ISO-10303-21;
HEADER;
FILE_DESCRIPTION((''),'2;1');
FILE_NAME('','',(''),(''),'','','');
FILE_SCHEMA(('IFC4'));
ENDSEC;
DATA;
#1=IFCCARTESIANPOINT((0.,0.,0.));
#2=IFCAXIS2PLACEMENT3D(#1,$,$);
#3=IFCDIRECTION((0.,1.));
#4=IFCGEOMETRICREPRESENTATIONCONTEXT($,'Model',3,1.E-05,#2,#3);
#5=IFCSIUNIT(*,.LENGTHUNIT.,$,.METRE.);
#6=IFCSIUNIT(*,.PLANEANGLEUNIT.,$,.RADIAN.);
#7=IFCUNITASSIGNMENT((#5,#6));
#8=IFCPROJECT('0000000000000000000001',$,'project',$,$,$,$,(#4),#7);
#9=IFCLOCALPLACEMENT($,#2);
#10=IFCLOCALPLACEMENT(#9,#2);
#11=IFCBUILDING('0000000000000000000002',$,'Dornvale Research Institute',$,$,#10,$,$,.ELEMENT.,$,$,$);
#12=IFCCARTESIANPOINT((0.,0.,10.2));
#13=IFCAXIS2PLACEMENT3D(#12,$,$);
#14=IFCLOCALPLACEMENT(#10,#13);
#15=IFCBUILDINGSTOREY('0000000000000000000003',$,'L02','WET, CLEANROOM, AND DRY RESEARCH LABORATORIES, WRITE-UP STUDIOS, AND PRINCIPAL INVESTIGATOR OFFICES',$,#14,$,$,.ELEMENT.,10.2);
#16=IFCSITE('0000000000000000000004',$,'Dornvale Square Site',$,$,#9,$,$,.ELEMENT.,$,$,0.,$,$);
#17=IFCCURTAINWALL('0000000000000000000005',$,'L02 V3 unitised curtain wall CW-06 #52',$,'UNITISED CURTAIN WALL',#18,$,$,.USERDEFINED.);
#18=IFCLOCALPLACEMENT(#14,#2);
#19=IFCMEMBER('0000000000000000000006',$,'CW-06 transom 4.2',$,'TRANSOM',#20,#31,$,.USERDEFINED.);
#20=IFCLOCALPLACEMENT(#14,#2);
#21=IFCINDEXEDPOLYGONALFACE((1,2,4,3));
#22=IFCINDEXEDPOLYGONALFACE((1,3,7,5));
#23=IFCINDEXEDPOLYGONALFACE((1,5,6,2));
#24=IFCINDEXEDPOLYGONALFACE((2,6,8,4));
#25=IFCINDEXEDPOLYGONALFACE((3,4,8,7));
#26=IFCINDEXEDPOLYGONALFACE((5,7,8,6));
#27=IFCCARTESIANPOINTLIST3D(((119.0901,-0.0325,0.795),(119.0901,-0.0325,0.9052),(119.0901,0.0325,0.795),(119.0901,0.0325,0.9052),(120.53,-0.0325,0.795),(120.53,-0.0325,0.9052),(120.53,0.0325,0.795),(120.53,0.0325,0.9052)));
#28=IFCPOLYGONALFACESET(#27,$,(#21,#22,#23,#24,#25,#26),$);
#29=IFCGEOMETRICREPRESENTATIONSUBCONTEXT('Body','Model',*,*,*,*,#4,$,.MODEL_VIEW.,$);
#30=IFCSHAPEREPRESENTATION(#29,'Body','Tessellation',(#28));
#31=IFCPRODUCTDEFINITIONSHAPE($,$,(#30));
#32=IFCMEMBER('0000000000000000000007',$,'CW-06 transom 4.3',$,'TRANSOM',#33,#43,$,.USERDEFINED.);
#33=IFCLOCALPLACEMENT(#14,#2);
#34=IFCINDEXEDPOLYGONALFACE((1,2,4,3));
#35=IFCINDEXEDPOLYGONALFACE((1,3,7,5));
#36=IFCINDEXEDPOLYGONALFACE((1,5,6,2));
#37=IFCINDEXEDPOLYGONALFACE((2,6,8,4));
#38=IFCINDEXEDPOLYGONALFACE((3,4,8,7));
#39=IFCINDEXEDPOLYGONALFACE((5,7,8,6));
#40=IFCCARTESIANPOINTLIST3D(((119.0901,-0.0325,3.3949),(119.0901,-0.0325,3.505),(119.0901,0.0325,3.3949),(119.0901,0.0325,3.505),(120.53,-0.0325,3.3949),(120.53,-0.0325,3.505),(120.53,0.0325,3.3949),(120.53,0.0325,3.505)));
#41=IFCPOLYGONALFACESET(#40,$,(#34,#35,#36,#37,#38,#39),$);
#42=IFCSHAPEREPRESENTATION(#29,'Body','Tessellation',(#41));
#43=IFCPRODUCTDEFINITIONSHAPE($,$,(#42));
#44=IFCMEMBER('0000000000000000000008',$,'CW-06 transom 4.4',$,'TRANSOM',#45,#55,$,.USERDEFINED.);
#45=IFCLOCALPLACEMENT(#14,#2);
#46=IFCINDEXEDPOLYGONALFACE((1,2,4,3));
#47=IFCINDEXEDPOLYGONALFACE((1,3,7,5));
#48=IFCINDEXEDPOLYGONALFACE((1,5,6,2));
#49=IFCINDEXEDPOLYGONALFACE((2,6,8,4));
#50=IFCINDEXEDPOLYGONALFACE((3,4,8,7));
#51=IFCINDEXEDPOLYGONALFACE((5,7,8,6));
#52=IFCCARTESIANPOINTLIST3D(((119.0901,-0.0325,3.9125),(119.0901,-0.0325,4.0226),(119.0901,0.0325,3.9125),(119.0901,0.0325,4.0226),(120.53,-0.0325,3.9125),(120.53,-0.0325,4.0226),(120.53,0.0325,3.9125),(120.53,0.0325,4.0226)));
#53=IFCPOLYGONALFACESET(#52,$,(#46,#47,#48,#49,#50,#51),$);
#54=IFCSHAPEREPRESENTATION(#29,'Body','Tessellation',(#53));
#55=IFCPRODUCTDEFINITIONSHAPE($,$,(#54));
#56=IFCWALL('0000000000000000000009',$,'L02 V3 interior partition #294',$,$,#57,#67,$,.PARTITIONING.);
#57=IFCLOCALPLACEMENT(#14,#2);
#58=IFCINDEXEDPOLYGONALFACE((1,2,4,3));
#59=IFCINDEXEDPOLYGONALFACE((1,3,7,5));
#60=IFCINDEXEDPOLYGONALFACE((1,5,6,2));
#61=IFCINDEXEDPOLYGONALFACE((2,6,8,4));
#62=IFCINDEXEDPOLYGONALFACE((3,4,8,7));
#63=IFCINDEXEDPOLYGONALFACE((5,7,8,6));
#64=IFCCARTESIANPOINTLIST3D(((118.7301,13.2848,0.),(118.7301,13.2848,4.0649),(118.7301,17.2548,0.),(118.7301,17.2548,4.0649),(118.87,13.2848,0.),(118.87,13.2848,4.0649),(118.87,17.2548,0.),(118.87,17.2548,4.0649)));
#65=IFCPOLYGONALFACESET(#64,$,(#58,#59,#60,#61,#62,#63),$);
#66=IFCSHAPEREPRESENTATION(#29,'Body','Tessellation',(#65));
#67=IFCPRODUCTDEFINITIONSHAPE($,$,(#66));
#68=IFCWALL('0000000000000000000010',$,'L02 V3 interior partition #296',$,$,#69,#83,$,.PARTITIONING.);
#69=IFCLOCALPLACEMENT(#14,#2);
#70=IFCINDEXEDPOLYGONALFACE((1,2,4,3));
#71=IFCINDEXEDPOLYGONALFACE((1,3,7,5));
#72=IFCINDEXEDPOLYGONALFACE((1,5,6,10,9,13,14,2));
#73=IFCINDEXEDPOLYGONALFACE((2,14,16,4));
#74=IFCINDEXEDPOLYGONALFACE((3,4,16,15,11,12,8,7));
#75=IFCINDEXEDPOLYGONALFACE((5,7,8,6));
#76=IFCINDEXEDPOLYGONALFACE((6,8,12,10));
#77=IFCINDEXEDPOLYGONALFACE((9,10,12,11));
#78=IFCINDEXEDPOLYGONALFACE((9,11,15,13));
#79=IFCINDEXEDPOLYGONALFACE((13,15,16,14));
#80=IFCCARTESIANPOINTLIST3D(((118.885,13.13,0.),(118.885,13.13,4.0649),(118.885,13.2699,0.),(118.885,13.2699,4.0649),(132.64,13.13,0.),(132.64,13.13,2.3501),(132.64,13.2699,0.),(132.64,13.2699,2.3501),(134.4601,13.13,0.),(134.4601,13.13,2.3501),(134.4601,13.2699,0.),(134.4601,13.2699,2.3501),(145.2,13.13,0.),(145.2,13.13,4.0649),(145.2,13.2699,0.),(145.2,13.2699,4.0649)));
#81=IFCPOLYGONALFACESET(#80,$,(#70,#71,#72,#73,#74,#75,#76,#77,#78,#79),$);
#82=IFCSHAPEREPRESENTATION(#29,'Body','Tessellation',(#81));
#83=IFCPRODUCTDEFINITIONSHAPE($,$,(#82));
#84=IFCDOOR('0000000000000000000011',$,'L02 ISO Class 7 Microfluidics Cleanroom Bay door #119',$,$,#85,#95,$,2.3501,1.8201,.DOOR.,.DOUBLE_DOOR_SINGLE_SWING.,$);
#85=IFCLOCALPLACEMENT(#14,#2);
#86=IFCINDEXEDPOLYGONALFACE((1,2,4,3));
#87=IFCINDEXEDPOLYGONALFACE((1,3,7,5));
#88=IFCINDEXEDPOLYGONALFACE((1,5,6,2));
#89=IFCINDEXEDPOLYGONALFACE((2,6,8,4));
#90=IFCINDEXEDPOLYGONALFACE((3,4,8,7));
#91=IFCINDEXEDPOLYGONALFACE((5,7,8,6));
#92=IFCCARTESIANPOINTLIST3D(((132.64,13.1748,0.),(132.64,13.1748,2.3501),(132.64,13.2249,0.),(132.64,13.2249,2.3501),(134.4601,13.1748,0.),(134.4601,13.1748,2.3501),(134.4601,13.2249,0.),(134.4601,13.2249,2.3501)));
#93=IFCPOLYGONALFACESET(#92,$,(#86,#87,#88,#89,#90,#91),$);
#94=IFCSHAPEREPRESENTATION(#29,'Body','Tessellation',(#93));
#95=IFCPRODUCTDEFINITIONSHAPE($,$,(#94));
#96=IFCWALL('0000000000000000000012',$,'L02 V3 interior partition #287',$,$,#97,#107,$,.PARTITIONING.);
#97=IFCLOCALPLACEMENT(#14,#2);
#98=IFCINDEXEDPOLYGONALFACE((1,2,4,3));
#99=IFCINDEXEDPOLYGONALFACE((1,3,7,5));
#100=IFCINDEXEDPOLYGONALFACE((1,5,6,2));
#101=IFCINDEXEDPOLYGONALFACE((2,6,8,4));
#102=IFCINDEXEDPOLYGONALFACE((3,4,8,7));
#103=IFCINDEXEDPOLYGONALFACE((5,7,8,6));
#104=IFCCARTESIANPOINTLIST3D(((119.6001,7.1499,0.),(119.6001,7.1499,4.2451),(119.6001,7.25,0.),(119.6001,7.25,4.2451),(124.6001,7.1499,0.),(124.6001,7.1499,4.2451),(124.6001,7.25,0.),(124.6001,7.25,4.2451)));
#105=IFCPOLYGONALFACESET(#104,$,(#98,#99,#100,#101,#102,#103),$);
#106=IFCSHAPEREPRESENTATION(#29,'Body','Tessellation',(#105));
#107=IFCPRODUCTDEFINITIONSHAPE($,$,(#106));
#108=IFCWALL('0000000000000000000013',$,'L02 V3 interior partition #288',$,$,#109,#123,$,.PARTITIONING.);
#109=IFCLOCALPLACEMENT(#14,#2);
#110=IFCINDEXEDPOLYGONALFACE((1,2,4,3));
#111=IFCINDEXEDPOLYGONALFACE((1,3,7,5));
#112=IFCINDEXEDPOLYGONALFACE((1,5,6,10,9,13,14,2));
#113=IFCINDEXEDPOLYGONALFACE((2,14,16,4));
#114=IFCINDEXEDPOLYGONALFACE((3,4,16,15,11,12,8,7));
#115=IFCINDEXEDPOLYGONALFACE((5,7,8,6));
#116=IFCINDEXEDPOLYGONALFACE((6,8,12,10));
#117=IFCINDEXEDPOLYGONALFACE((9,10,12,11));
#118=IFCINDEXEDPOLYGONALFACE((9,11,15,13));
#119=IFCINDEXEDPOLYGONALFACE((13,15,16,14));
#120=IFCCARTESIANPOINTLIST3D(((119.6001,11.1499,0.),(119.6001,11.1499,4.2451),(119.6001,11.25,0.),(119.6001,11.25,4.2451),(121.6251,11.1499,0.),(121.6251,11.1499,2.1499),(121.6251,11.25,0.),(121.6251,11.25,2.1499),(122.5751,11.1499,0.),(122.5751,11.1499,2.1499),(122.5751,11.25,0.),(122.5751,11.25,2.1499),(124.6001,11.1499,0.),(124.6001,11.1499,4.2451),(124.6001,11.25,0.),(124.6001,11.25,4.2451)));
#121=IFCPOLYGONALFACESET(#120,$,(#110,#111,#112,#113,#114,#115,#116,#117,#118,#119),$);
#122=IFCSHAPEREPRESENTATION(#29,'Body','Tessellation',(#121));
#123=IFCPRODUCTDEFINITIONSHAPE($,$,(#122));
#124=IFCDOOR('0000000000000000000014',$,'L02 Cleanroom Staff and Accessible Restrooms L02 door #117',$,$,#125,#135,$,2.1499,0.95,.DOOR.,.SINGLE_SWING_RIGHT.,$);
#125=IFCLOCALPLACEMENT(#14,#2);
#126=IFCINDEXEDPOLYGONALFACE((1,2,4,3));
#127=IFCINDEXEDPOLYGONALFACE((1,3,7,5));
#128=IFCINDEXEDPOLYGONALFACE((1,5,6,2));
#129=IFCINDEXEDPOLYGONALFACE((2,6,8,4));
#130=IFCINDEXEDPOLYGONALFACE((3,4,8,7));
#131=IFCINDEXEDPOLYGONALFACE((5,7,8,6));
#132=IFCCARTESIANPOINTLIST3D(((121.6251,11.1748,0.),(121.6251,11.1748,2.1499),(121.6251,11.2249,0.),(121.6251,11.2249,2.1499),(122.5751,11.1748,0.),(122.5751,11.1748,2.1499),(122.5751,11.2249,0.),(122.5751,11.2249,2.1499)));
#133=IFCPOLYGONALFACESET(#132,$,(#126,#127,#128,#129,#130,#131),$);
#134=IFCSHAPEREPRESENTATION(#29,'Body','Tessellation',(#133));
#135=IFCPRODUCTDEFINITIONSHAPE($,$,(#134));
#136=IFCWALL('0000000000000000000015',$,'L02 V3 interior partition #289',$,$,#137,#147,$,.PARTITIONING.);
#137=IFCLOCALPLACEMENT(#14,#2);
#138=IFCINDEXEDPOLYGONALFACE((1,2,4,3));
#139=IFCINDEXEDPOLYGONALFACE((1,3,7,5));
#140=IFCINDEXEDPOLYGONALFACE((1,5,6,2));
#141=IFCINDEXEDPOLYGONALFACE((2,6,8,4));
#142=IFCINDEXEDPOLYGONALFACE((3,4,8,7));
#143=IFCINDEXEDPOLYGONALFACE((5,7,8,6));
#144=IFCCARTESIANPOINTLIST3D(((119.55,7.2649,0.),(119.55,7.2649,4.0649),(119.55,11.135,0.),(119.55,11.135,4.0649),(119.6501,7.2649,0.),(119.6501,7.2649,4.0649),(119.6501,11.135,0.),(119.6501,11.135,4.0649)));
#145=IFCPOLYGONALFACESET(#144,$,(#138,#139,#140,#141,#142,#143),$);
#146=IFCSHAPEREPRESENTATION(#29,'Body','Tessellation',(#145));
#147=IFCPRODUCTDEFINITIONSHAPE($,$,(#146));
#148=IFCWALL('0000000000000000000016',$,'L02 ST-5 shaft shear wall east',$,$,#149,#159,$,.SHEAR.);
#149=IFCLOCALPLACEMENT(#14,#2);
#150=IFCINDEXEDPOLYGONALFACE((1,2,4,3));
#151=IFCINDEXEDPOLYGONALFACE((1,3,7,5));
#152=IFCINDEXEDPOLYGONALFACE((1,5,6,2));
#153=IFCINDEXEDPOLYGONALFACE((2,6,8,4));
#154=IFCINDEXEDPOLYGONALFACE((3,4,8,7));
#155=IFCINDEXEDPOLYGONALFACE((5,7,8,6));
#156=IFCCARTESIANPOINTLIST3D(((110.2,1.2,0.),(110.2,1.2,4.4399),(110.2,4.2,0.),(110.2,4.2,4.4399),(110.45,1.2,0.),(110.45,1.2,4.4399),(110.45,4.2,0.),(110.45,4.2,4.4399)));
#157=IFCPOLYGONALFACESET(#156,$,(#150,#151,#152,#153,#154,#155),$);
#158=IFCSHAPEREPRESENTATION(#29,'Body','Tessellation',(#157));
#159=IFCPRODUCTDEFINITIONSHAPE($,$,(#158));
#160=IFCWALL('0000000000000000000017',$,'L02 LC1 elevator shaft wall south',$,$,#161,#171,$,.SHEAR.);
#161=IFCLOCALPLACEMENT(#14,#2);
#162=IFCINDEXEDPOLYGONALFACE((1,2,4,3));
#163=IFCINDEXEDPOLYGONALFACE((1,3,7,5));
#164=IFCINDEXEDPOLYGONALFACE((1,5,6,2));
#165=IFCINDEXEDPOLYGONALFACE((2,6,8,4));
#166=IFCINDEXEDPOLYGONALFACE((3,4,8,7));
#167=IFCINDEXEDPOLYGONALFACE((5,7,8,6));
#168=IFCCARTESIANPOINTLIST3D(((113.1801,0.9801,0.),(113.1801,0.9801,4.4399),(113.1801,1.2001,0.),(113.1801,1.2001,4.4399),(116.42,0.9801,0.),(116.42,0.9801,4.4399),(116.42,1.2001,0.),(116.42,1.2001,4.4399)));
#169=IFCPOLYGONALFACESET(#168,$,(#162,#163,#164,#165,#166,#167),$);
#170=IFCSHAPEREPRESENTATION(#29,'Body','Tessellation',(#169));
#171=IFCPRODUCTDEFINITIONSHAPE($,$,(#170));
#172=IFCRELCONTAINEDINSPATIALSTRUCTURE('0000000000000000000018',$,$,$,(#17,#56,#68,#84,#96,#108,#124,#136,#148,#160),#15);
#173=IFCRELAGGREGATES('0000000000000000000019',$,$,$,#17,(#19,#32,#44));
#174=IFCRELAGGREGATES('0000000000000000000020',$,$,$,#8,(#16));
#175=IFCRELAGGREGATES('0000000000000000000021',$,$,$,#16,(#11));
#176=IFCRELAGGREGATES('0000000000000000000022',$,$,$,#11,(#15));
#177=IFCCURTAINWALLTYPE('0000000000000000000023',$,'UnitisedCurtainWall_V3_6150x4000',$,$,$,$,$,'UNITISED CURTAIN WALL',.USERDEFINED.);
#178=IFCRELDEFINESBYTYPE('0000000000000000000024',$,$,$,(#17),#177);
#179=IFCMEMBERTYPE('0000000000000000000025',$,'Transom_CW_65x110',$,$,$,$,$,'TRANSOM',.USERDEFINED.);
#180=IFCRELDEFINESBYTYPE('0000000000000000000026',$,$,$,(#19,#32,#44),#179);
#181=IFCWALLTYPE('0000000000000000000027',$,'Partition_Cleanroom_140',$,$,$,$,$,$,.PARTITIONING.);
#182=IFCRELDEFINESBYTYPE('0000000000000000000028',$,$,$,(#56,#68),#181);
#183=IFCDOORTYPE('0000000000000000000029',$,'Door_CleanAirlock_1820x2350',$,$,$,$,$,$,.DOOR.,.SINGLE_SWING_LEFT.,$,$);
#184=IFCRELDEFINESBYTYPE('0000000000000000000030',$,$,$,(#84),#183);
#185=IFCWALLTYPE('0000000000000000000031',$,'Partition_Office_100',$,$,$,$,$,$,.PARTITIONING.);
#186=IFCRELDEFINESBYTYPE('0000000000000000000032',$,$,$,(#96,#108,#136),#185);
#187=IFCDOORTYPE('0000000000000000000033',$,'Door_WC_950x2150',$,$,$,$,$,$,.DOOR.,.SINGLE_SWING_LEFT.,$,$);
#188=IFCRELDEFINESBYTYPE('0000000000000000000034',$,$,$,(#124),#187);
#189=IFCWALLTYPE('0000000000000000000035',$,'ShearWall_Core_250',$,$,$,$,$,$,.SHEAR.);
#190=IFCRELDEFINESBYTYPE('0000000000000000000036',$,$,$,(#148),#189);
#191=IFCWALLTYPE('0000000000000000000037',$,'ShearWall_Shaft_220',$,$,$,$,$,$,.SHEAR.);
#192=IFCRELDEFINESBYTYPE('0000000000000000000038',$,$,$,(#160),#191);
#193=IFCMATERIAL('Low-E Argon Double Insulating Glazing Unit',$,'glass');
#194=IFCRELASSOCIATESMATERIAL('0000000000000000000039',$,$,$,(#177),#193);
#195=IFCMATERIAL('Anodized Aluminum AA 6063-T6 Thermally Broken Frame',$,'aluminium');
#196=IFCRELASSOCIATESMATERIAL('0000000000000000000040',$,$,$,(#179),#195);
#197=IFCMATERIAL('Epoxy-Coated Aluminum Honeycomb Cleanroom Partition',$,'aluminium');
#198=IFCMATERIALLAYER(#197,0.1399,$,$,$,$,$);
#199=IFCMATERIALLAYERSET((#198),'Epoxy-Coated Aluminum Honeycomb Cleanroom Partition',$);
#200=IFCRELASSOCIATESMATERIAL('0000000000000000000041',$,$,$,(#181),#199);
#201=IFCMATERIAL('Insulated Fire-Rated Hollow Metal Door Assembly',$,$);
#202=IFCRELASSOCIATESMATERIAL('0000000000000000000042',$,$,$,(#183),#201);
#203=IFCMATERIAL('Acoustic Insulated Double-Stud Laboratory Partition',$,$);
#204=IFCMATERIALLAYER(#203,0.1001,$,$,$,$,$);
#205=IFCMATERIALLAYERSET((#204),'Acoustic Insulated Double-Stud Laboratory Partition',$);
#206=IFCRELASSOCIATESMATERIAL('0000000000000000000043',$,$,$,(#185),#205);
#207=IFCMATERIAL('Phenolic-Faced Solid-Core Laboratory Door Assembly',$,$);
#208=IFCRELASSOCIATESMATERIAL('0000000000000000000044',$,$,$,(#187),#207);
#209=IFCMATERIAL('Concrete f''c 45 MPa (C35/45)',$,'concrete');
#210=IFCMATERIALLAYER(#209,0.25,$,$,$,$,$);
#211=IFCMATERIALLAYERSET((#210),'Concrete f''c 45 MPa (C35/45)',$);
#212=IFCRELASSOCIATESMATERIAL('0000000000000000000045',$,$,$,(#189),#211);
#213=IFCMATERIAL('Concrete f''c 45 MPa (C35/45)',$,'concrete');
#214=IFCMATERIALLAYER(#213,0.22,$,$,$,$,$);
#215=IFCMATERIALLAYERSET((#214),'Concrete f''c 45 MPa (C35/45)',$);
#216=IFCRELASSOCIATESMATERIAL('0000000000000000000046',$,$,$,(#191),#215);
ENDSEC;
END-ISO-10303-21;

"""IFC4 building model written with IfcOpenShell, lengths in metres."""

from ifc_helpers import new_model, si_unit, direction, frame, frame_2d, origin, origin_2d, place, context, subcontext, project, spatial, rectangle, extrude, material, layer, layer_set, material_profile, profile_set, type_object, element, fill, aggregate, save


model = new_model("IFC4")

# Units and contexts
model_context = context("Model", 3, precision=1e-05, world=origin(), true_north=direction((0.0, 1.0)))
body_context = subcontext(model_context, "Body", "Model", "MODEL_VIEW")
ifc_project = project(units=[si_unit("LENGTHUNIT", "METRE"), si_unit("PLANEANGLEUNIT", "RADIAN")], contexts=[model_context])

# Site, building, storey
site_placement = place(None, origin())
site = spatial("IfcSite", under=ifc_project, at=site_placement, Name="Dornvale Square Site", CompositionType="ELEMENT", RefElevation=0.0)
building_placement = place(site_placement, origin())
building = spatial("IfcBuilding", under=site, at=building_placement, Name="Dornvale Research Institute", CompositionType="ELEMENT")
storey_placement = place(building_placement, frame((0.0, 0.0, 10.2)))
storey = spatial("IfcBuildingStorey", under=building, at=storey_placement, Name="L02", Description="WET, CLEANROOM, AND DRY RESEARCH LABORATORIES, WRITE-UP STUDIOS, AND PRINCIPAL INVESTIGATOR OFFICES", CompositionType="ELEMENT", Elevation=10.2)

# Curtain wall, members
ifc_material_1 = material(Name="Low-E Argon Double Insulating Glazing Unit", Category="glass")
curtain_wall_type = type_object("IfcCurtainWallType", Name="UnitisedCurtainWall_V3_6150x4000", ElementType="UNITISED CURTAIN WALL", PredefinedType="USERDEFINED", material=ifc_material_1)
curtain_wall_placement = place(storey_placement, origin())
curtain_wall = element("IfcCurtainWall", 1, at=curtain_wall_placement, inside=storey, type_object=curtain_wall_type, Name="L02 V3 unitised curtain wall CW-06 #52", ObjectType="UNITISED CURTAIN WALL", PredefinedType="USERDEFINED")
ifc_material_2 = material(Name="Anodized Aluminum AA 6063-T6 Thermally Broken Frame", Category="aluminium")
ifc_material_profile_1 = material_profile(ifc_material_2, rectangle(XDim=0.0649, YDim=0.1101, at=origin_2d()), Name="ALU TRANSOM 65x110")
ifc_profile_set_1 = profile_set([ifc_material_profile_1], Name="Anodized Aluminum AA 6063-T6 Thermally Broken Frame")
member_type_1 = type_object("IfcMemberType", Name="Transom_CW_65x110", ElementType="TRANSOM", PredefinedType="USERDEFINED", material=ifc_profile_set_1)
member_1_placement = place(storey_placement, frame((120.53, 0.0, 0.8501), z_axis=(-1.0, 0.0, 0.0), x_axis=(0.0, -1.0, 0.0)))
member_1 = element("IfcMember", 2, at=member_1_placement, type_object=member_type_1, Name="CW-06 transom 4.2", ObjectType="TRANSOM", PredefinedType="USERDEFINED", context=body_context, shape_type="SweptSolid", body=[
    extrude(rectangle(XDim=0.0649, YDim=0.1101, at=origin_2d()), origin(), (0.0, 0.0, 1.0), 1.4399),
])
member_2_placement = place(storey_placement, frame((120.53, 0.0, 3.45), z_axis=(-1.0, 0.0, 0.0), x_axis=(0.0, -1.0, 0.0)))
member_2 = element("IfcMember", 3, at=member_2_placement, type_object=member_type_1, Name="CW-06 transom 4.3", ObjectType="TRANSOM", PredefinedType="USERDEFINED", context=body_context, shape_type="SweptSolid", body=[
    extrude(rectangle(XDim=0.0649, YDim=0.1101, at=origin_2d()), origin(), (0.0, 0.0, 1.0), 1.4399),
])
member_3_placement = place(storey_placement, frame((120.53, 0.0, 3.9675), z_axis=(-1.0, 0.0, 0.0), x_axis=(0.0, -1.0, 0.0)))
member_3 = element("IfcMember", 4, at=member_3_placement, type_object=member_type_1, Name="CW-06 transom 4.4", ObjectType="TRANSOM", PredefinedType="USERDEFINED", context=body_context, shape_type="SweptSolid", body=[
    extrude(rectangle(XDim=0.0649, YDim=0.1101, at=origin_2d()), origin(), (0.0, 0.0, 1.0), 1.4399),
])
aggregate(curtain_wall, [member_1, member_2, member_3])

# Wall
ifc_material_3 = material(Name="Epoxy-Coated Aluminum Honeycomb Cleanroom Partition", Category="aluminium")
ifc_layer_1 = layer(ifc_material_3, 0.1399)
ifc_layer_set_1 = layer_set([ifc_layer_1], Name="Epoxy-Coated Aluminum Honeycomb Cleanroom Partition")
wall_type_1 = type_object("IfcWallType", Name="Partition_Cleanroom_140", PredefinedType="PARTITIONING", material=ifc_layer_set_1)
wall_1_placement = place(storey_placement, frame((118.8, 13.2849, 0.0), z_axis=(0.0, 0.0, 1.0), x_axis=(0.0, 1.0, 0.0)))
element("IfcWall", 5, at=wall_1_placement, inside=storey, type_object=wall_type_1, Name="L02 V3 interior partition #294", PredefinedType="PARTITIONING", context=body_context, shape_type="SweptSolid", body=[
    extrude(rectangle(XDim=3.97, YDim=0.1399, at=frame_2d((1.9849, 0.0))), origin(), (0.0, 0.0, 1.0), 4.0649),
])

# Wall, opening, door
wall_2_placement = place(storey_placement, frame((118.885, 13.2, 0.0), z_axis=(0.0, 0.0, 1.0), x_axis=(1.0, 0.0, 0.0)))
wall_2 = element("IfcWall", 6, at=wall_2_placement, inside=storey, type_object=wall_type_1, Name="L02 V3 interior partition #296", PredefinedType="PARTITIONING", context=body_context, shape_type="SweptSolid", body=[
    extrude(rectangle(XDim=26.3149, YDim=0.1399, at=frame_2d((13.1575, 0.0))), origin(), (0.0, 0.0, 1.0), 4.0649),
])
opening_1_placement = place(wall_2_placement, frame((13.7549, 0.0, 0.0)))
opening_1 = element("IfcOpeningElement", 7, at=opening_1_placement, cuts=wall_2, PredefinedType="OPENING", context=body_context, shape_type="SweptSolid", body=[
    extrude(rectangle(XDim=1.8201, YDim=2.3501, at=frame_2d((0.9102, 1.175))), frame((0.0, 0.085, 0.0), z_axis=(0.0, -1.0, 0.0), x_axis=(1.0, 0.0, 0.0)), (0.0, 0.0, 1.0), 0.1699),
])
ifc_material_4 = material(Name="Insulated Fire-Rated Hollow Metal Door Assembly")
door_type_1 = type_object("IfcDoorType", Name="Door_CleanAirlock_1820x2350", OperationType="SINGLE_SWING_LEFT", PredefinedType="DOOR", material=ifc_material_4)
door_1_placement = place(opening_1_placement, origin())
door_1 = element("IfcDoor", 8, at=door_1_placement, inside=storey, type_object=door_type_1, Name="L02 ISO Class 7 Microfluidics Cleanroom Bay door #119", OperationType="DOUBLE_DOOR_SINGLE_SWING", OverallHeight=2.3501, OverallWidth=1.8201, PredefinedType="DOOR", context=body_context, shape_type="SweptSolid", body=[
    extrude(rectangle(XDim=1.8201, YDim=2.3501, at=frame_2d((0.9102, 1.175))), frame((0.0, 0.0249, 0.0), z_axis=(0.0, -1.0, 0.0), x_axis=(1.0, 0.0, 0.0)), (0.0, 0.0, 1.0), 0.05),
])
fill(opening_1, door_1)

# Wall
ifc_material_5 = material(Name="Acoustic Insulated Double-Stud Laboratory Partition")
ifc_layer_2 = layer(ifc_material_5, 0.1001)
ifc_layer_set_2 = layer_set([ifc_layer_2], Name="Acoustic Insulated Double-Stud Laboratory Partition")
wall_type_2 = type_object("IfcWallType", Name="Partition_Office_100", PredefinedType="PARTITIONING", material=ifc_layer_set_2)
wall_3_placement = place(storey_placement, frame((119.6001, 7.2, 0.0), z_axis=(0.0, 0.0, 1.0), x_axis=(1.0, 0.0, 0.0)))
element("IfcWall", 9, at=wall_3_placement, inside=storey, type_object=wall_type_2, Name="L02 V3 interior partition #287", PredefinedType="PARTITIONING", context=body_context, shape_type="SweptSolid", body=[
    extrude(rectangle(XDim=5.0, YDim=0.1001, at=frame_2d((2.5, 0.0))), origin(), (0.0, 0.0, 1.0), 4.2451),
])

# Wall, opening, door
wall_4_placement = place(storey_placement, frame((119.6001, 11.2, 0.0), z_axis=(0.0, 0.0, 1.0), x_axis=(1.0, 0.0, 0.0)))
wall_4 = element("IfcWall", 10, at=wall_4_placement, inside=storey, type_object=wall_type_2, Name="L02 V3 interior partition #288", PredefinedType="PARTITIONING", context=body_context, shape_type="SweptSolid", body=[
    extrude(rectangle(XDim=5.0, YDim=0.1001, at=frame_2d((2.5, 0.0))), origin(), (0.0, 0.0, 1.0), 4.2451),
])
opening_2_placement = place(wall_4_placement, frame((2.0249, 0.0, 0.0)))
opening_2 = element("IfcOpeningElement", 11, at=opening_2_placement, cuts=wall_4, PredefinedType="OPENING", context=body_context, shape_type="SweptSolid", body=[
    extrude(rectangle(XDim=0.95, YDim=2.1499, at=frame_2d((0.4751, 1.075))), frame((0.0, 0.0649, 0.0), z_axis=(0.0, -1.0, 0.0), x_axis=(1.0, 0.0, 0.0)), (0.0, 0.0, 1.0), 0.1301),
])
ifc_material_6 = material(Name="Phenolic-Faced Solid-Core Laboratory Door Assembly")
door_type_2 = type_object("IfcDoorType", Name="Door_WC_950x2150", OperationType="SINGLE_SWING_LEFT", PredefinedType="DOOR", material=ifc_material_6)
door_2_placement = place(opening_2_placement, origin())
door_2 = element("IfcDoor", 12, at=door_2_placement, inside=storey, type_object=door_type_2, Name="L02 Cleanroom Staff and Accessible Restrooms L02 door #117", OperationType="SINGLE_SWING_RIGHT", OverallHeight=2.1499, OverallWidth=0.95, PredefinedType="DOOR", context=body_context, shape_type="SweptSolid", body=[
    extrude(rectangle(XDim=0.95, YDim=2.1499, at=frame_2d((0.4751, 1.075))), frame((0.0, 0.0249, 0.0), z_axis=(0.0, -1.0, 0.0), x_axis=(1.0, 0.0, 0.0)), (0.0, 0.0, 1.0), 0.05),
])
fill(opening_2, door_2)

# Walls
wall_5_placement = place(storey_placement, frame((119.6001, 7.2649, 0.0), z_axis=(0.0, 0.0, 1.0), x_axis=(0.0, 1.0, 0.0)))
element("IfcWall", 13, at=wall_5_placement, inside=storey, type_object=wall_type_2, Name="L02 V3 interior partition #289", PredefinedType="PARTITIONING", context=body_context, shape_type="SweptSolid", body=[
    extrude(rectangle(XDim=3.8701, YDim=0.1001, at=frame_2d((1.9351, 0.0))), origin(), (0.0, 0.0, 1.0), 4.0649),
])
ifc_material_7 = material(Name="Concrete f'c 45 MPa (C35/45)", Category="concrete")
ifc_layer_3 = layer(ifc_material_7, 0.25)
ifc_layer_set_3 = layer_set([ifc_layer_3], Name="Concrete f'c 45 MPa (C35/45)")
wall_type_3 = type_object("IfcWallType", Name="ShearWall_Core_250", PredefinedType="SHEAR", material=ifc_layer_set_3)
wall_6_placement = place(storey_placement, frame((110.325, 1.2, 0.0), z_axis=(0.0, 0.0, 1.0), x_axis=(0.0, 1.0, 0.0)))
element("IfcWall", 14, at=wall_6_placement, inside=storey, type_object=wall_type_3, Name="L02 ST-5 shaft shear wall east", PredefinedType="SHEAR", context=body_context, shape_type="SweptSolid", body=[
    extrude(rectangle(XDim=3.0, YDim=0.25, at=frame_2d((1.5, 0.0))), origin(), (0.0, 0.0, 1.0), 4.4399),
])
ifc_material_8 = material(Name="Concrete f'c 45 MPa (C35/45)", Category="concrete")
ifc_layer_4 = layer(ifc_material_8, 0.22)
ifc_layer_set_4 = layer_set([ifc_layer_4], Name="Concrete f'c 45 MPa (C35/45)")
wall_type_4 = type_object("IfcWallType", Name="ShearWall_Shaft_220", PredefinedType="SHEAR", material=ifc_layer_set_4)
wall_7_placement = place(storey_placement, frame((113.1799, 1.0901, 0.0), z_axis=(0.0, 0.0, 1.0), x_axis=(1.0, 0.0, 0.0)))
element("IfcWall", 15, at=wall_7_placement, inside=storey, type_object=wall_type_4, Name="L02 LC1 elevator shaft wall south", PredefinedType="SHEAR", context=body_context, shape_type="SweptSolid", body=[
    extrude(rectangle(XDim=3.24, YDim=0.22, at=frame_2d((1.6201, 0.0))), origin(), (0.0, 0.0, 1.0), 4.4399),
])

save(model, "model.ifc")
